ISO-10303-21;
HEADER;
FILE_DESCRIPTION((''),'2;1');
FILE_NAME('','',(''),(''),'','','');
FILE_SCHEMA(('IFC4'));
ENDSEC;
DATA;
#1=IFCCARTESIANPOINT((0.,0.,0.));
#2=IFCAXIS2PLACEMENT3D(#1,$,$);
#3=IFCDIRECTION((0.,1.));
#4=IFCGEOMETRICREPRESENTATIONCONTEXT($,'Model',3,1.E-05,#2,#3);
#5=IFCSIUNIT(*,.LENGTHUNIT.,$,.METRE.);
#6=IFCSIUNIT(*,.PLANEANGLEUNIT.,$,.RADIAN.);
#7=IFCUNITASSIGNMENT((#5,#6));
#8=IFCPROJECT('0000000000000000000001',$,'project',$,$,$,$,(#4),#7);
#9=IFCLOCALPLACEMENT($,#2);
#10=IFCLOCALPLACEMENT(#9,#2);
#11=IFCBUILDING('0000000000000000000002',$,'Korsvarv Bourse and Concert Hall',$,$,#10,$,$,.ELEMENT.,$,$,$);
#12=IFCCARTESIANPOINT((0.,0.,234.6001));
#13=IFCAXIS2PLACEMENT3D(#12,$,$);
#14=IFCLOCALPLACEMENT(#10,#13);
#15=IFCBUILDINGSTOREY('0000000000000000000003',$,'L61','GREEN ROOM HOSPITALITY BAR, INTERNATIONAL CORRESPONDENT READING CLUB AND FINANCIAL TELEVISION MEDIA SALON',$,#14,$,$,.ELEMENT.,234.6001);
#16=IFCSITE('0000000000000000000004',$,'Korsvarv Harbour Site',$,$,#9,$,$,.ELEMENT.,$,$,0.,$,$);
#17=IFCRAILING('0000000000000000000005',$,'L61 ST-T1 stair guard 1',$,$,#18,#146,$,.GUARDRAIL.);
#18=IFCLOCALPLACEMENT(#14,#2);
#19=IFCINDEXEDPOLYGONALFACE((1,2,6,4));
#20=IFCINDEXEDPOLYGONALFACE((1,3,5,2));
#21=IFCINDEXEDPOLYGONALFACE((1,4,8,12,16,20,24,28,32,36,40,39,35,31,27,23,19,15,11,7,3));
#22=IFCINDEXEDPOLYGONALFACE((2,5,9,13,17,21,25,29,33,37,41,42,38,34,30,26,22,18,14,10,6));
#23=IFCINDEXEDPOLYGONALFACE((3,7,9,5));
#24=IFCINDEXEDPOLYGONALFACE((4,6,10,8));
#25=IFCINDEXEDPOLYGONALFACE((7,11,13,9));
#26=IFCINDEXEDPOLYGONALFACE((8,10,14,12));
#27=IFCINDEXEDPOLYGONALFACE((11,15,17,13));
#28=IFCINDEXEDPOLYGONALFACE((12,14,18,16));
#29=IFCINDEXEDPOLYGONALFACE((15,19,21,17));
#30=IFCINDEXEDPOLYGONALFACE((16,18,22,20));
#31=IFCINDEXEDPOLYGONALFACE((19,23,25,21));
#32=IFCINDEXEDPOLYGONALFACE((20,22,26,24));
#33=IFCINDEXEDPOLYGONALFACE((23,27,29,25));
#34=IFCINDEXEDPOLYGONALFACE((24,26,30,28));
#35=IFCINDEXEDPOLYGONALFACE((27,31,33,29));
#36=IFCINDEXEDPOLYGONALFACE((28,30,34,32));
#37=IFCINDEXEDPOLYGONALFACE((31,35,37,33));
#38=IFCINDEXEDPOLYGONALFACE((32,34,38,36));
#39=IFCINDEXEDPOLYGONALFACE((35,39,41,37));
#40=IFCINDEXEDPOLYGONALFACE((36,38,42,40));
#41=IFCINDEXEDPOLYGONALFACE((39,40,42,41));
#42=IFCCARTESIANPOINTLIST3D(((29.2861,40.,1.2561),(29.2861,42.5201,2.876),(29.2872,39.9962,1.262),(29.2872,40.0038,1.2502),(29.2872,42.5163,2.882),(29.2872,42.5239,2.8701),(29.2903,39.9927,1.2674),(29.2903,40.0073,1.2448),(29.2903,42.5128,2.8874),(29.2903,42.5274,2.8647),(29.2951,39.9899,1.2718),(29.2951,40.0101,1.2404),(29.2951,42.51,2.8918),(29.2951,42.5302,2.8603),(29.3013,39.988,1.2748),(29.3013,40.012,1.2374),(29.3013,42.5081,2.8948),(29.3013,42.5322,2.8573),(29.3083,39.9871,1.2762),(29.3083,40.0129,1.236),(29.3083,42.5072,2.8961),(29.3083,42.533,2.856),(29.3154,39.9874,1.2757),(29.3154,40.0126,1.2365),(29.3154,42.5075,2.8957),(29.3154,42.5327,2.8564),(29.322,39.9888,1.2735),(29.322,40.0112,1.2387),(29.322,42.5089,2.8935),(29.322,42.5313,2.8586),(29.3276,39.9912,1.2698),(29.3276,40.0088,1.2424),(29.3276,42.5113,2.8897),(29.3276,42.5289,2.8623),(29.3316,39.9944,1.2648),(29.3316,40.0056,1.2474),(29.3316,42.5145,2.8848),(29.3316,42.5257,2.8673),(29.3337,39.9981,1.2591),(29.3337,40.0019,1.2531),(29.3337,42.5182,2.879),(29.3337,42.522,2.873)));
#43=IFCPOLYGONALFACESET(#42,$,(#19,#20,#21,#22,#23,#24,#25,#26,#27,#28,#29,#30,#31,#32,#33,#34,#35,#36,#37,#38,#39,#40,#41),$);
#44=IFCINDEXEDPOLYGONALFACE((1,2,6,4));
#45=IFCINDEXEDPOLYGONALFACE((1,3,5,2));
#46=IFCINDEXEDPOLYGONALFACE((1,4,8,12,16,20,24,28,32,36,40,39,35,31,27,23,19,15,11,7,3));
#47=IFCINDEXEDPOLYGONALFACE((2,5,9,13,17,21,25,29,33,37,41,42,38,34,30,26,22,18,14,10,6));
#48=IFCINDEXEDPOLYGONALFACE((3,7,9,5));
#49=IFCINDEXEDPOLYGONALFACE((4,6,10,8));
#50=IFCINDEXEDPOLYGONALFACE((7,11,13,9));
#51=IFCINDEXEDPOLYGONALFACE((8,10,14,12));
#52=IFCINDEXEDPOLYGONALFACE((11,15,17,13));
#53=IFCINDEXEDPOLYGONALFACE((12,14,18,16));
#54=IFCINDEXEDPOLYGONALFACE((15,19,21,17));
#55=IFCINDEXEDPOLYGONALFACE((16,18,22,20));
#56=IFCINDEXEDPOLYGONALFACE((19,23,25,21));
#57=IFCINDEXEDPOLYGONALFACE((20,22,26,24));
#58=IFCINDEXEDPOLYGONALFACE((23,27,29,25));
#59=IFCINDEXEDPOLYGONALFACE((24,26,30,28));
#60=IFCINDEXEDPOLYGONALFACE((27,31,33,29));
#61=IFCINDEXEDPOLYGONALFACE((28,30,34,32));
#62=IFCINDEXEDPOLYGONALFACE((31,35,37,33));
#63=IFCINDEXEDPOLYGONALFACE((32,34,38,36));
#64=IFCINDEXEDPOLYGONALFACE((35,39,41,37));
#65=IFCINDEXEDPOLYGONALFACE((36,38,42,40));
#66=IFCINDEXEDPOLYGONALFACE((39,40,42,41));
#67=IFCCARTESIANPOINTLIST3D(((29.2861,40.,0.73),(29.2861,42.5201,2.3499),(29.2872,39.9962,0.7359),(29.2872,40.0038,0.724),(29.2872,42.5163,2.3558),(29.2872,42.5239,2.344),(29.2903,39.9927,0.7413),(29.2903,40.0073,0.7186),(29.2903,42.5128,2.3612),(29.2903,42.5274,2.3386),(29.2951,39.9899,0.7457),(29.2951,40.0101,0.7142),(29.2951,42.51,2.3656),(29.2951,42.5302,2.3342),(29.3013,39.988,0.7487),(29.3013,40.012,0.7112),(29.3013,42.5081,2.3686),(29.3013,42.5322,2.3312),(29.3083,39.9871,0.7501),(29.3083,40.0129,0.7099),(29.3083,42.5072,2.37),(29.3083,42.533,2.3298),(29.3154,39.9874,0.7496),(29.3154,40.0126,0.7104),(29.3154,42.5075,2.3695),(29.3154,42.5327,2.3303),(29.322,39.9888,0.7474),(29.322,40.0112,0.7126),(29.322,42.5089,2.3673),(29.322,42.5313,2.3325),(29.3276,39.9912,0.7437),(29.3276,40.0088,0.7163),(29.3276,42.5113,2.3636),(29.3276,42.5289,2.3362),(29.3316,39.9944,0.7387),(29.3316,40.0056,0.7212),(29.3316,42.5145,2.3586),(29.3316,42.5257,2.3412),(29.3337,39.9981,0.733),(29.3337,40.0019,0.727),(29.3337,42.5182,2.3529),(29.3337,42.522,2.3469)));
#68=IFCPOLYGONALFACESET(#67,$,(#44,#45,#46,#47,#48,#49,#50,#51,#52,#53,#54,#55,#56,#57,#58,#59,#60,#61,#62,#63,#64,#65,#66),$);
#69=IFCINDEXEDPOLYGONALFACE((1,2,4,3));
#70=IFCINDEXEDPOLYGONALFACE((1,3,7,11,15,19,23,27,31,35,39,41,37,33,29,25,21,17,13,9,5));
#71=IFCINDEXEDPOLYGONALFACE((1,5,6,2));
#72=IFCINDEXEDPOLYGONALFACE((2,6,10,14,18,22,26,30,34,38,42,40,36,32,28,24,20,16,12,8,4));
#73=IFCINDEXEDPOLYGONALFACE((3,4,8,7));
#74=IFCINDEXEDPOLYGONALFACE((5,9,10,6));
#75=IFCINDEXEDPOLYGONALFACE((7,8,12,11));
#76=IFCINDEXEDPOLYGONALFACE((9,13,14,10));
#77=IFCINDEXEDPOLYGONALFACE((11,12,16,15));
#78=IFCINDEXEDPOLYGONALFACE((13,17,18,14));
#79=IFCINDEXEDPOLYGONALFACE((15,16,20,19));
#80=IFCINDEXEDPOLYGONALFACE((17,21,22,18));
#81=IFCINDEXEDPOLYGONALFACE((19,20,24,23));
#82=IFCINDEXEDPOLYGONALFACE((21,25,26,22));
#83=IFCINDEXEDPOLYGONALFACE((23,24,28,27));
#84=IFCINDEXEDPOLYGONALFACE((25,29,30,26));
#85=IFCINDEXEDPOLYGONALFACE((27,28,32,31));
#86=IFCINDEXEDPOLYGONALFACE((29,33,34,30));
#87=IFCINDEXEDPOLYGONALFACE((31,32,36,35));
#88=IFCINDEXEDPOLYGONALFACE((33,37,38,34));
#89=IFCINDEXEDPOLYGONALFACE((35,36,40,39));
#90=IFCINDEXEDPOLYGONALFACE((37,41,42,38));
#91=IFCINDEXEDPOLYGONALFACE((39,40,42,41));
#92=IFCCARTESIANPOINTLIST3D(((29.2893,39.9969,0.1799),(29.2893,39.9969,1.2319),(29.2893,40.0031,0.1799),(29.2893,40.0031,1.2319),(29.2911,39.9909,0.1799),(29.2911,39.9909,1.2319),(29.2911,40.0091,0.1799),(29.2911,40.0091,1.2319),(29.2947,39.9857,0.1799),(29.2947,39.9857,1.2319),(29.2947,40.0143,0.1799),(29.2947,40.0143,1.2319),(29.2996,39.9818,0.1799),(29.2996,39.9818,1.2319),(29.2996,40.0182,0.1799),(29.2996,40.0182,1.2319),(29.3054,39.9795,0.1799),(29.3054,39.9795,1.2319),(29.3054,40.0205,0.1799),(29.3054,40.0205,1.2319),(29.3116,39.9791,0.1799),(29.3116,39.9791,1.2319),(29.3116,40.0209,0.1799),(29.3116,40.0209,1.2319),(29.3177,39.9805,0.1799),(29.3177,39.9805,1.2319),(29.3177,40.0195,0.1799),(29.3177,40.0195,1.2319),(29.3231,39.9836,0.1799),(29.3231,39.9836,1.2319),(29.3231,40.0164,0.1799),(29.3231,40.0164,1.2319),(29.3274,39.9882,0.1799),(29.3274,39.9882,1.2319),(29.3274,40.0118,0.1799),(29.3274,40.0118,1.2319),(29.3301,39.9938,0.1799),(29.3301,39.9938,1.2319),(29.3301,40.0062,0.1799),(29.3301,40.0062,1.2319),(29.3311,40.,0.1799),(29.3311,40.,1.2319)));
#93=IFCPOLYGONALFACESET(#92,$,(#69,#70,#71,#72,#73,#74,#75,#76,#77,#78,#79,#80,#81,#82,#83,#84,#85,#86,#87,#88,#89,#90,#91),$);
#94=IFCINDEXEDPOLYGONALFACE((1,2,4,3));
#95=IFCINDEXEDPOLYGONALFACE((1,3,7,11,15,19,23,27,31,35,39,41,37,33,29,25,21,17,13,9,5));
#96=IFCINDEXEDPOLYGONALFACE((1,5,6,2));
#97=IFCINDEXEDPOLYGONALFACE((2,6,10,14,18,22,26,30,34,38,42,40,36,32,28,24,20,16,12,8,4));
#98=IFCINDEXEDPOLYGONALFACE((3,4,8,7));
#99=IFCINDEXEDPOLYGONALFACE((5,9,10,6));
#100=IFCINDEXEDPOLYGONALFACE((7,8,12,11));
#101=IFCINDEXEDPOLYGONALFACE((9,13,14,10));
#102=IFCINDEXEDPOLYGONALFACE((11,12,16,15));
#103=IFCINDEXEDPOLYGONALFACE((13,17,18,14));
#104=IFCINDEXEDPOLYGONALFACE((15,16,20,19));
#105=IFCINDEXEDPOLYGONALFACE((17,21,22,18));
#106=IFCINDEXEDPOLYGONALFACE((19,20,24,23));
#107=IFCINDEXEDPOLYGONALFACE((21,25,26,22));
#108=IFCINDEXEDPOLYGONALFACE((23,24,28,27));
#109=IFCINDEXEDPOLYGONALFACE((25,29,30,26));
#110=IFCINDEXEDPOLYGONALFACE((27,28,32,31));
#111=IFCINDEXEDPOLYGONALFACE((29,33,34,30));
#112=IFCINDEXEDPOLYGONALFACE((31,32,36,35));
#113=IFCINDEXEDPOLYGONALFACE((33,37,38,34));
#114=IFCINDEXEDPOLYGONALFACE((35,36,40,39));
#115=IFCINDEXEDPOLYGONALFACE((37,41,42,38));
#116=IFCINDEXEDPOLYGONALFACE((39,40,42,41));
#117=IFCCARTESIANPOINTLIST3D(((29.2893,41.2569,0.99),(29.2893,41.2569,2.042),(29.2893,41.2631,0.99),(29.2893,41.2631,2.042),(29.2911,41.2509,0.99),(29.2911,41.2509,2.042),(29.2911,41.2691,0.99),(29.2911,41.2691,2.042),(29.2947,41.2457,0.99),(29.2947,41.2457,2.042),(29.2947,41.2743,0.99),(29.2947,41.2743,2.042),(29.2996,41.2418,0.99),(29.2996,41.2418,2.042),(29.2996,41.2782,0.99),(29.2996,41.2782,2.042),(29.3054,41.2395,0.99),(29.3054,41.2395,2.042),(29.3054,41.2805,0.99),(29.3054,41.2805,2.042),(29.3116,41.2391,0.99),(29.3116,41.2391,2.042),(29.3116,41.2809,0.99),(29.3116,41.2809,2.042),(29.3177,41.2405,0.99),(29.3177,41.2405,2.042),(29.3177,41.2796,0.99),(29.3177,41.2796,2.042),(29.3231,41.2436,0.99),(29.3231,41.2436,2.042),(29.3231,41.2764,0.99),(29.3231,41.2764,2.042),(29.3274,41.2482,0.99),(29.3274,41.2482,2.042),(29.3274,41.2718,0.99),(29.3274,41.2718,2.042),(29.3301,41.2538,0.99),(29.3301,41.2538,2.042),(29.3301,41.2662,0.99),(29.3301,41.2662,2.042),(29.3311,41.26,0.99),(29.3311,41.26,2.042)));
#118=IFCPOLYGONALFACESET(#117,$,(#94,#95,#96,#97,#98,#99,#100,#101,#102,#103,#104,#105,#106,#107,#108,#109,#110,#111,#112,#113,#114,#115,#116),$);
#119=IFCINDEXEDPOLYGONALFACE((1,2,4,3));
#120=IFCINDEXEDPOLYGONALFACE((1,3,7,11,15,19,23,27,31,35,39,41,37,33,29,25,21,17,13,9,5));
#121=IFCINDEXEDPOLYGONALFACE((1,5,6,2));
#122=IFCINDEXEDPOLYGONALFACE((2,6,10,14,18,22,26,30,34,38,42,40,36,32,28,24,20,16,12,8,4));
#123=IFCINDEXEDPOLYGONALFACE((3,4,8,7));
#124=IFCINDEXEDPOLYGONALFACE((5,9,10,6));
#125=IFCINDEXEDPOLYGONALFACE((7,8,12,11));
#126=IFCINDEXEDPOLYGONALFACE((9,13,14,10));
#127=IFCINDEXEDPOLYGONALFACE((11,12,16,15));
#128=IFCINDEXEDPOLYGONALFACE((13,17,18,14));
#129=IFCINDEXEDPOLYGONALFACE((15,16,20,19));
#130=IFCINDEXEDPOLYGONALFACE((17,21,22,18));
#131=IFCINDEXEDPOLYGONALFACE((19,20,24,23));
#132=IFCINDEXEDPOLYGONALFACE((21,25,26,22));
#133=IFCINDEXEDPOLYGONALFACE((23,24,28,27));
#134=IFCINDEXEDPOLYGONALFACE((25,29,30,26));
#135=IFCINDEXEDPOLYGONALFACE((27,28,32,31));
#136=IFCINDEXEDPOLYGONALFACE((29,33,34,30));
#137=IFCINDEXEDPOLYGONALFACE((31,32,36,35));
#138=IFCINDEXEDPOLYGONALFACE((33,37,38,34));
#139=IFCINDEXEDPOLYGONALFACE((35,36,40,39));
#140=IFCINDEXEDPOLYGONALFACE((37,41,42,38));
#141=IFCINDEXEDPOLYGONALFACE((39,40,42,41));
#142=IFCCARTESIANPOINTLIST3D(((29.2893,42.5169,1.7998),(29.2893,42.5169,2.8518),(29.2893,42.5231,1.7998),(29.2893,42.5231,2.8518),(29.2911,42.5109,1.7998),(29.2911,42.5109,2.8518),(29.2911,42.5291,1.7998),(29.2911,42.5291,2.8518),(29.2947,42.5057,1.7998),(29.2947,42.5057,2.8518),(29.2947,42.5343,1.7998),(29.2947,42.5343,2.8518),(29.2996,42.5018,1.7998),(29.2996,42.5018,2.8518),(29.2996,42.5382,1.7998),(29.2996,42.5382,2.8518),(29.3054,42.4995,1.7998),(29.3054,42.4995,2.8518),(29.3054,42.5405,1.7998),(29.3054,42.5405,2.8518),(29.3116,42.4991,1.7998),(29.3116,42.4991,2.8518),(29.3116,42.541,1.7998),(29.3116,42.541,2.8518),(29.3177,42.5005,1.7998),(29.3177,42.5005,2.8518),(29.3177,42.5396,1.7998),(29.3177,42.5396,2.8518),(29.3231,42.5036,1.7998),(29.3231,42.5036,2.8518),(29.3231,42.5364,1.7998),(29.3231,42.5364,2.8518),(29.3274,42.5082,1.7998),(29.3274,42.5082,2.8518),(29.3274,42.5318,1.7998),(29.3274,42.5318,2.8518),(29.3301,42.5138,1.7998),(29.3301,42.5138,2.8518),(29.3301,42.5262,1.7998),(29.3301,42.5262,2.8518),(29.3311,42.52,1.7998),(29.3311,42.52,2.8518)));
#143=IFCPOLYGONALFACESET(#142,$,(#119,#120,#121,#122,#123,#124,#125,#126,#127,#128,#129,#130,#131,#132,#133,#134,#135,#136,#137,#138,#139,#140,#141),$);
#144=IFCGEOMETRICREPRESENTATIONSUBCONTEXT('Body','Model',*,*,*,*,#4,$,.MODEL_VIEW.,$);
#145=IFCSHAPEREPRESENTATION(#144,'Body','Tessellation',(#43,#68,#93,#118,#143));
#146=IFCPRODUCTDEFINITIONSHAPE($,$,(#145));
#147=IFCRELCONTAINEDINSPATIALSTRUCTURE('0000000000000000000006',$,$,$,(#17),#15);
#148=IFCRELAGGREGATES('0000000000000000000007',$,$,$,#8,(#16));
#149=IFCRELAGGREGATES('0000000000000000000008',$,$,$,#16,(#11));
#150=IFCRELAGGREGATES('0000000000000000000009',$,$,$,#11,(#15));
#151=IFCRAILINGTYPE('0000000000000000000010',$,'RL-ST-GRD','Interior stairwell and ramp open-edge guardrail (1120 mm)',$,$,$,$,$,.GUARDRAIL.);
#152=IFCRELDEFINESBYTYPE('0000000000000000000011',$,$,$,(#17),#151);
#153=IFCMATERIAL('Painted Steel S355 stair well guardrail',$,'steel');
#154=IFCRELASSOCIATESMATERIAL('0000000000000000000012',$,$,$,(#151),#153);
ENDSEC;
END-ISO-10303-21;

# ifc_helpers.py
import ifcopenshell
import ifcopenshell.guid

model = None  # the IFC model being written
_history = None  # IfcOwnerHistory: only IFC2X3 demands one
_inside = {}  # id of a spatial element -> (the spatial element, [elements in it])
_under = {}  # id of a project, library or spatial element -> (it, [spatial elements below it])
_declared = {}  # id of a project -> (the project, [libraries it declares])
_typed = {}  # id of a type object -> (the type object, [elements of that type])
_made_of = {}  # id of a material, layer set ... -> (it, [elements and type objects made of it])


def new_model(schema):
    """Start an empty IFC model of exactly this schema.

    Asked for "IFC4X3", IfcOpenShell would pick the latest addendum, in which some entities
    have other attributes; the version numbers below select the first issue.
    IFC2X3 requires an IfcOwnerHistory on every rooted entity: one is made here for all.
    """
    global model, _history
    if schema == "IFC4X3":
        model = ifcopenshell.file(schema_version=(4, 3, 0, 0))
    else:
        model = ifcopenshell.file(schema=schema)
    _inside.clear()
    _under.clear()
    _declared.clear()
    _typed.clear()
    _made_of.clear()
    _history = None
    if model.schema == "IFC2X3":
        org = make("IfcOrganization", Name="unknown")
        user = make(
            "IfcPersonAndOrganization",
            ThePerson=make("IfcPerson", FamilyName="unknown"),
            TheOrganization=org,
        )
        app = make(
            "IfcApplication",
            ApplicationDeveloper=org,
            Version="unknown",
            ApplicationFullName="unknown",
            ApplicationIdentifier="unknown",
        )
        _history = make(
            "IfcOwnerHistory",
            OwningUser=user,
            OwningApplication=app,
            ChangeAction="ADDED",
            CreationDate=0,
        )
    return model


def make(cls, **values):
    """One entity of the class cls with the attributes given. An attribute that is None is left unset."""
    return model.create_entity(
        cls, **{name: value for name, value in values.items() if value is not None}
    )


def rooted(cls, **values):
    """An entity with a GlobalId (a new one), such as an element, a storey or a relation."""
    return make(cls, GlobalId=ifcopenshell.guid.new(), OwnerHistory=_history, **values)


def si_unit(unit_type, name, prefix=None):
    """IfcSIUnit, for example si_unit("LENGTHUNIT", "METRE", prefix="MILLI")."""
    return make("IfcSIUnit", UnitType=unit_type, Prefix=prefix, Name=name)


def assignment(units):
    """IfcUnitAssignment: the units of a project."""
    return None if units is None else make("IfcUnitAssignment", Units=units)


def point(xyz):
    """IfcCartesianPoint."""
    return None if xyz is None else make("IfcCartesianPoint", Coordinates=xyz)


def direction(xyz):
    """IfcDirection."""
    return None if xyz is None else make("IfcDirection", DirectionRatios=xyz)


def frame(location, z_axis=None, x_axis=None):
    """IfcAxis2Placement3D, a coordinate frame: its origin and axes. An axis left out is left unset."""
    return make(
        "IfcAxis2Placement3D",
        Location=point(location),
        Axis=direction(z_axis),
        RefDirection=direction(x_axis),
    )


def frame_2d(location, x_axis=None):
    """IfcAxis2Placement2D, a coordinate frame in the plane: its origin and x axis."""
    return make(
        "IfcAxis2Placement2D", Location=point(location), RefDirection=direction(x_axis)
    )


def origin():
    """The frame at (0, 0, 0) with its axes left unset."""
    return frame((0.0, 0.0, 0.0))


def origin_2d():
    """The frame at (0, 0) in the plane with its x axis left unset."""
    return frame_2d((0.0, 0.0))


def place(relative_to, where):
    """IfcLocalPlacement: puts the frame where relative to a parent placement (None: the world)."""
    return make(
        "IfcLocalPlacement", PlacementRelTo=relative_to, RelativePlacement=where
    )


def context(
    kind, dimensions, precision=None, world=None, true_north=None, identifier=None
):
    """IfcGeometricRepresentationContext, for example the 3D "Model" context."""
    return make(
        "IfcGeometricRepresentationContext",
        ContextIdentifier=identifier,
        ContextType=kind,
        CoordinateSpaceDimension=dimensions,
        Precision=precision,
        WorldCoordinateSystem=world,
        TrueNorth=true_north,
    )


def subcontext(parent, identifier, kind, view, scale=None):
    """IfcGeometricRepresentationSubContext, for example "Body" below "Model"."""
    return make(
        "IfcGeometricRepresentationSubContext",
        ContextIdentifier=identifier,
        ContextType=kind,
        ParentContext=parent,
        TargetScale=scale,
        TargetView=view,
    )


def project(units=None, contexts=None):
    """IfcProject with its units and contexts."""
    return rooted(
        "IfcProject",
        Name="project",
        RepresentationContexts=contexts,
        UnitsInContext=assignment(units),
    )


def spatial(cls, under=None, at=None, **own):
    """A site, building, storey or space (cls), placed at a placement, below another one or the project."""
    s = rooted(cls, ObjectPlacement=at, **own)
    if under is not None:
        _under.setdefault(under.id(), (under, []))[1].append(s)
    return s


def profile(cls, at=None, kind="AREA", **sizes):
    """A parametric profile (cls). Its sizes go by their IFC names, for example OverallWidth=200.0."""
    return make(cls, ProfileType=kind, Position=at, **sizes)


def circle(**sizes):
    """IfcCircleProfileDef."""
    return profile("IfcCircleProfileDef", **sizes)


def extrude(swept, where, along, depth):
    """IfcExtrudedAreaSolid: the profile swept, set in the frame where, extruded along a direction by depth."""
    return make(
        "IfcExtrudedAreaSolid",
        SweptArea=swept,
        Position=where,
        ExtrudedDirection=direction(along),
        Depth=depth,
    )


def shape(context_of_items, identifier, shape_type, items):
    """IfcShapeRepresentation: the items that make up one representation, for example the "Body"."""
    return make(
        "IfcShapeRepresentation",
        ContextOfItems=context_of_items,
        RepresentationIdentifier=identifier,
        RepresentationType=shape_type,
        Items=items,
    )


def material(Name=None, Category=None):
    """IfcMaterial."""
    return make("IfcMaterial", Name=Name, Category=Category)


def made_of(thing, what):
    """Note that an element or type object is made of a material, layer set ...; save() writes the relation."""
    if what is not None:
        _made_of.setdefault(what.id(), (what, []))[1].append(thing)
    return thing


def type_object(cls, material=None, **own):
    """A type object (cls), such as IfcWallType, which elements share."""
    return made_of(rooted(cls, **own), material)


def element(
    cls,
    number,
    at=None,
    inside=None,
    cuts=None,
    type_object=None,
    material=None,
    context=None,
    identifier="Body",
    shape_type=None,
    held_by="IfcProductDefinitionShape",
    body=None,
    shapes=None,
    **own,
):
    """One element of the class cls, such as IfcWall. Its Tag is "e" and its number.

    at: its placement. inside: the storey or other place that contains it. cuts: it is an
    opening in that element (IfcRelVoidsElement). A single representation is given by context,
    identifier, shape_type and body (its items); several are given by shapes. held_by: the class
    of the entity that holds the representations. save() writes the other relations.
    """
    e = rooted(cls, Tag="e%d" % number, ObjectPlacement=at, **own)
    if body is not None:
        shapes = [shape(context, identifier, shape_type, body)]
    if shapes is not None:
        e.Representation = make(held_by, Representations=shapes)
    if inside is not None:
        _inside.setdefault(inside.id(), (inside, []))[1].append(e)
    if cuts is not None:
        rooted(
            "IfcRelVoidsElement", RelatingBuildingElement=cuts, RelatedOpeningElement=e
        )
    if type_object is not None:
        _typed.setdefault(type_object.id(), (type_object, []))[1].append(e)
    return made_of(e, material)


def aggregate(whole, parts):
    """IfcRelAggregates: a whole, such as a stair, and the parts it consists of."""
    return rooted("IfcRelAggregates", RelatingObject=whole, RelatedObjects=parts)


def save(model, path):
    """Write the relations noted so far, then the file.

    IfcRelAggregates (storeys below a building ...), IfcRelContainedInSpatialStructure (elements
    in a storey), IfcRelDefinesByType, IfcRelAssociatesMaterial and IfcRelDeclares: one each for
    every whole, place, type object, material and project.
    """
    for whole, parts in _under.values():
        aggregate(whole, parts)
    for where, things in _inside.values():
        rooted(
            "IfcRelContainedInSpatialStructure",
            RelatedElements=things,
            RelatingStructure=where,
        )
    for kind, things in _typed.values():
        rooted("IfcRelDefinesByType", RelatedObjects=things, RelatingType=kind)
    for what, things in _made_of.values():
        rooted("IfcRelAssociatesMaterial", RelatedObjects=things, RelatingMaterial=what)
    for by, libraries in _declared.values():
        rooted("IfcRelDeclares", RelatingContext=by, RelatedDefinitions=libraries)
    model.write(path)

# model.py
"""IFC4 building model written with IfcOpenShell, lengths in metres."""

from ifc_helpers import new_model, si_unit, direction, frame, origin, origin_2d, place, context, subcontext, project, spatial, circle, extrude, material, type_object, element, save


model = new_model("IFC4")

# Units and contexts
model_context = context("Model", 3, precision=1e-05, world=origin(), true_north=direction((0.0, 1.0)))
body_context = subcontext(model_context, "Body", "Model", "MODEL_VIEW")
ifc_project = project(units=[si_unit("LENGTHUNIT", "METRE"), si_unit("PLANEANGLEUNIT", "RADIAN")], contexts=[model_context])

# Site, building, storey
site_placement = place(None, origin())
site = spatial("IfcSite", under=ifc_project, at=site_placement, Name="Korsvarv Harbour Site", CompositionType="ELEMENT", RefElevation=0.0)
building_placement = place(site_placement, origin())
building = spatial("IfcBuilding", under=site, at=building_placement, Name="Korsvarv Bourse and Concert Hall", CompositionType="ELEMENT")
storey_placement = place(building_placement, frame((0.0, 0.0, 234.6001)))
storey = spatial("IfcBuildingStorey", under=building, at=storey_placement, Name="L61", Description="GREEN ROOM HOSPITALITY BAR, INTERNATIONAL CORRESPONDENT READING CLUB AND FINANCIAL TELEVISION MEDIA SALON", CompositionType="ELEMENT", Elevation=234.6001)

# Railing
ifc_material_1 = material(Name="Painted Steel S355 stair well guardrail", Category="steel")
railing_type_1 = type_object("IfcRailingType", Name="RL-ST-GRD", Description="Interior stairwell and ramp open-edge guardrail (1120 mm)", PredefinedType="GUARDRAIL", material=ifc_material_1)
railing_1_placement = place(storey_placement, frame((29.3101, 40.0, 0.1799)))
element("IfcRailing", 1, at=railing_1_placement, inside=storey, type_object=railing_type_1, Name="L61 ST-T1 stair guard 1", PredefinedType="GUARDRAIL", context=body_context, shape_type="SweptSolid", body=[
    extrude(circle(Radius=0.0239, at=origin_2d()), frame((0.0, 0.0, 1.0762), z_axis=(0.0, 0.8412, 0.540725), x_axis=(-1.0, 0.0, 0.0)), (0.0, 0.0, 1.0), 2.9958),
    extrude(circle(Radius=0.0239, at=origin_2d()), frame((0.0, 0.0, 0.55), z_axis=(0.0, 0.8412, 0.540725), x_axis=(-1.0, 0.0, 0.0)), (0.0, 0.0, 1.0), 2.9958),
    extrude(circle(Radius=0.021, at=origin_2d()), origin(), (0.0, 0.0, 1.0), 1.052),
    extrude(circle(Radius=0.021, at=origin_2d()), frame((0.0, 1.26, 0.8101)), (0.0, 0.0, 1.0), 1.052),
    extrude(circle(Radius=0.021, at=origin_2d()), frame((0.0, 2.52, 1.6199)), (0.0, 0.0, 1.0), 1.052),
])

save(model, "model.ifc")
